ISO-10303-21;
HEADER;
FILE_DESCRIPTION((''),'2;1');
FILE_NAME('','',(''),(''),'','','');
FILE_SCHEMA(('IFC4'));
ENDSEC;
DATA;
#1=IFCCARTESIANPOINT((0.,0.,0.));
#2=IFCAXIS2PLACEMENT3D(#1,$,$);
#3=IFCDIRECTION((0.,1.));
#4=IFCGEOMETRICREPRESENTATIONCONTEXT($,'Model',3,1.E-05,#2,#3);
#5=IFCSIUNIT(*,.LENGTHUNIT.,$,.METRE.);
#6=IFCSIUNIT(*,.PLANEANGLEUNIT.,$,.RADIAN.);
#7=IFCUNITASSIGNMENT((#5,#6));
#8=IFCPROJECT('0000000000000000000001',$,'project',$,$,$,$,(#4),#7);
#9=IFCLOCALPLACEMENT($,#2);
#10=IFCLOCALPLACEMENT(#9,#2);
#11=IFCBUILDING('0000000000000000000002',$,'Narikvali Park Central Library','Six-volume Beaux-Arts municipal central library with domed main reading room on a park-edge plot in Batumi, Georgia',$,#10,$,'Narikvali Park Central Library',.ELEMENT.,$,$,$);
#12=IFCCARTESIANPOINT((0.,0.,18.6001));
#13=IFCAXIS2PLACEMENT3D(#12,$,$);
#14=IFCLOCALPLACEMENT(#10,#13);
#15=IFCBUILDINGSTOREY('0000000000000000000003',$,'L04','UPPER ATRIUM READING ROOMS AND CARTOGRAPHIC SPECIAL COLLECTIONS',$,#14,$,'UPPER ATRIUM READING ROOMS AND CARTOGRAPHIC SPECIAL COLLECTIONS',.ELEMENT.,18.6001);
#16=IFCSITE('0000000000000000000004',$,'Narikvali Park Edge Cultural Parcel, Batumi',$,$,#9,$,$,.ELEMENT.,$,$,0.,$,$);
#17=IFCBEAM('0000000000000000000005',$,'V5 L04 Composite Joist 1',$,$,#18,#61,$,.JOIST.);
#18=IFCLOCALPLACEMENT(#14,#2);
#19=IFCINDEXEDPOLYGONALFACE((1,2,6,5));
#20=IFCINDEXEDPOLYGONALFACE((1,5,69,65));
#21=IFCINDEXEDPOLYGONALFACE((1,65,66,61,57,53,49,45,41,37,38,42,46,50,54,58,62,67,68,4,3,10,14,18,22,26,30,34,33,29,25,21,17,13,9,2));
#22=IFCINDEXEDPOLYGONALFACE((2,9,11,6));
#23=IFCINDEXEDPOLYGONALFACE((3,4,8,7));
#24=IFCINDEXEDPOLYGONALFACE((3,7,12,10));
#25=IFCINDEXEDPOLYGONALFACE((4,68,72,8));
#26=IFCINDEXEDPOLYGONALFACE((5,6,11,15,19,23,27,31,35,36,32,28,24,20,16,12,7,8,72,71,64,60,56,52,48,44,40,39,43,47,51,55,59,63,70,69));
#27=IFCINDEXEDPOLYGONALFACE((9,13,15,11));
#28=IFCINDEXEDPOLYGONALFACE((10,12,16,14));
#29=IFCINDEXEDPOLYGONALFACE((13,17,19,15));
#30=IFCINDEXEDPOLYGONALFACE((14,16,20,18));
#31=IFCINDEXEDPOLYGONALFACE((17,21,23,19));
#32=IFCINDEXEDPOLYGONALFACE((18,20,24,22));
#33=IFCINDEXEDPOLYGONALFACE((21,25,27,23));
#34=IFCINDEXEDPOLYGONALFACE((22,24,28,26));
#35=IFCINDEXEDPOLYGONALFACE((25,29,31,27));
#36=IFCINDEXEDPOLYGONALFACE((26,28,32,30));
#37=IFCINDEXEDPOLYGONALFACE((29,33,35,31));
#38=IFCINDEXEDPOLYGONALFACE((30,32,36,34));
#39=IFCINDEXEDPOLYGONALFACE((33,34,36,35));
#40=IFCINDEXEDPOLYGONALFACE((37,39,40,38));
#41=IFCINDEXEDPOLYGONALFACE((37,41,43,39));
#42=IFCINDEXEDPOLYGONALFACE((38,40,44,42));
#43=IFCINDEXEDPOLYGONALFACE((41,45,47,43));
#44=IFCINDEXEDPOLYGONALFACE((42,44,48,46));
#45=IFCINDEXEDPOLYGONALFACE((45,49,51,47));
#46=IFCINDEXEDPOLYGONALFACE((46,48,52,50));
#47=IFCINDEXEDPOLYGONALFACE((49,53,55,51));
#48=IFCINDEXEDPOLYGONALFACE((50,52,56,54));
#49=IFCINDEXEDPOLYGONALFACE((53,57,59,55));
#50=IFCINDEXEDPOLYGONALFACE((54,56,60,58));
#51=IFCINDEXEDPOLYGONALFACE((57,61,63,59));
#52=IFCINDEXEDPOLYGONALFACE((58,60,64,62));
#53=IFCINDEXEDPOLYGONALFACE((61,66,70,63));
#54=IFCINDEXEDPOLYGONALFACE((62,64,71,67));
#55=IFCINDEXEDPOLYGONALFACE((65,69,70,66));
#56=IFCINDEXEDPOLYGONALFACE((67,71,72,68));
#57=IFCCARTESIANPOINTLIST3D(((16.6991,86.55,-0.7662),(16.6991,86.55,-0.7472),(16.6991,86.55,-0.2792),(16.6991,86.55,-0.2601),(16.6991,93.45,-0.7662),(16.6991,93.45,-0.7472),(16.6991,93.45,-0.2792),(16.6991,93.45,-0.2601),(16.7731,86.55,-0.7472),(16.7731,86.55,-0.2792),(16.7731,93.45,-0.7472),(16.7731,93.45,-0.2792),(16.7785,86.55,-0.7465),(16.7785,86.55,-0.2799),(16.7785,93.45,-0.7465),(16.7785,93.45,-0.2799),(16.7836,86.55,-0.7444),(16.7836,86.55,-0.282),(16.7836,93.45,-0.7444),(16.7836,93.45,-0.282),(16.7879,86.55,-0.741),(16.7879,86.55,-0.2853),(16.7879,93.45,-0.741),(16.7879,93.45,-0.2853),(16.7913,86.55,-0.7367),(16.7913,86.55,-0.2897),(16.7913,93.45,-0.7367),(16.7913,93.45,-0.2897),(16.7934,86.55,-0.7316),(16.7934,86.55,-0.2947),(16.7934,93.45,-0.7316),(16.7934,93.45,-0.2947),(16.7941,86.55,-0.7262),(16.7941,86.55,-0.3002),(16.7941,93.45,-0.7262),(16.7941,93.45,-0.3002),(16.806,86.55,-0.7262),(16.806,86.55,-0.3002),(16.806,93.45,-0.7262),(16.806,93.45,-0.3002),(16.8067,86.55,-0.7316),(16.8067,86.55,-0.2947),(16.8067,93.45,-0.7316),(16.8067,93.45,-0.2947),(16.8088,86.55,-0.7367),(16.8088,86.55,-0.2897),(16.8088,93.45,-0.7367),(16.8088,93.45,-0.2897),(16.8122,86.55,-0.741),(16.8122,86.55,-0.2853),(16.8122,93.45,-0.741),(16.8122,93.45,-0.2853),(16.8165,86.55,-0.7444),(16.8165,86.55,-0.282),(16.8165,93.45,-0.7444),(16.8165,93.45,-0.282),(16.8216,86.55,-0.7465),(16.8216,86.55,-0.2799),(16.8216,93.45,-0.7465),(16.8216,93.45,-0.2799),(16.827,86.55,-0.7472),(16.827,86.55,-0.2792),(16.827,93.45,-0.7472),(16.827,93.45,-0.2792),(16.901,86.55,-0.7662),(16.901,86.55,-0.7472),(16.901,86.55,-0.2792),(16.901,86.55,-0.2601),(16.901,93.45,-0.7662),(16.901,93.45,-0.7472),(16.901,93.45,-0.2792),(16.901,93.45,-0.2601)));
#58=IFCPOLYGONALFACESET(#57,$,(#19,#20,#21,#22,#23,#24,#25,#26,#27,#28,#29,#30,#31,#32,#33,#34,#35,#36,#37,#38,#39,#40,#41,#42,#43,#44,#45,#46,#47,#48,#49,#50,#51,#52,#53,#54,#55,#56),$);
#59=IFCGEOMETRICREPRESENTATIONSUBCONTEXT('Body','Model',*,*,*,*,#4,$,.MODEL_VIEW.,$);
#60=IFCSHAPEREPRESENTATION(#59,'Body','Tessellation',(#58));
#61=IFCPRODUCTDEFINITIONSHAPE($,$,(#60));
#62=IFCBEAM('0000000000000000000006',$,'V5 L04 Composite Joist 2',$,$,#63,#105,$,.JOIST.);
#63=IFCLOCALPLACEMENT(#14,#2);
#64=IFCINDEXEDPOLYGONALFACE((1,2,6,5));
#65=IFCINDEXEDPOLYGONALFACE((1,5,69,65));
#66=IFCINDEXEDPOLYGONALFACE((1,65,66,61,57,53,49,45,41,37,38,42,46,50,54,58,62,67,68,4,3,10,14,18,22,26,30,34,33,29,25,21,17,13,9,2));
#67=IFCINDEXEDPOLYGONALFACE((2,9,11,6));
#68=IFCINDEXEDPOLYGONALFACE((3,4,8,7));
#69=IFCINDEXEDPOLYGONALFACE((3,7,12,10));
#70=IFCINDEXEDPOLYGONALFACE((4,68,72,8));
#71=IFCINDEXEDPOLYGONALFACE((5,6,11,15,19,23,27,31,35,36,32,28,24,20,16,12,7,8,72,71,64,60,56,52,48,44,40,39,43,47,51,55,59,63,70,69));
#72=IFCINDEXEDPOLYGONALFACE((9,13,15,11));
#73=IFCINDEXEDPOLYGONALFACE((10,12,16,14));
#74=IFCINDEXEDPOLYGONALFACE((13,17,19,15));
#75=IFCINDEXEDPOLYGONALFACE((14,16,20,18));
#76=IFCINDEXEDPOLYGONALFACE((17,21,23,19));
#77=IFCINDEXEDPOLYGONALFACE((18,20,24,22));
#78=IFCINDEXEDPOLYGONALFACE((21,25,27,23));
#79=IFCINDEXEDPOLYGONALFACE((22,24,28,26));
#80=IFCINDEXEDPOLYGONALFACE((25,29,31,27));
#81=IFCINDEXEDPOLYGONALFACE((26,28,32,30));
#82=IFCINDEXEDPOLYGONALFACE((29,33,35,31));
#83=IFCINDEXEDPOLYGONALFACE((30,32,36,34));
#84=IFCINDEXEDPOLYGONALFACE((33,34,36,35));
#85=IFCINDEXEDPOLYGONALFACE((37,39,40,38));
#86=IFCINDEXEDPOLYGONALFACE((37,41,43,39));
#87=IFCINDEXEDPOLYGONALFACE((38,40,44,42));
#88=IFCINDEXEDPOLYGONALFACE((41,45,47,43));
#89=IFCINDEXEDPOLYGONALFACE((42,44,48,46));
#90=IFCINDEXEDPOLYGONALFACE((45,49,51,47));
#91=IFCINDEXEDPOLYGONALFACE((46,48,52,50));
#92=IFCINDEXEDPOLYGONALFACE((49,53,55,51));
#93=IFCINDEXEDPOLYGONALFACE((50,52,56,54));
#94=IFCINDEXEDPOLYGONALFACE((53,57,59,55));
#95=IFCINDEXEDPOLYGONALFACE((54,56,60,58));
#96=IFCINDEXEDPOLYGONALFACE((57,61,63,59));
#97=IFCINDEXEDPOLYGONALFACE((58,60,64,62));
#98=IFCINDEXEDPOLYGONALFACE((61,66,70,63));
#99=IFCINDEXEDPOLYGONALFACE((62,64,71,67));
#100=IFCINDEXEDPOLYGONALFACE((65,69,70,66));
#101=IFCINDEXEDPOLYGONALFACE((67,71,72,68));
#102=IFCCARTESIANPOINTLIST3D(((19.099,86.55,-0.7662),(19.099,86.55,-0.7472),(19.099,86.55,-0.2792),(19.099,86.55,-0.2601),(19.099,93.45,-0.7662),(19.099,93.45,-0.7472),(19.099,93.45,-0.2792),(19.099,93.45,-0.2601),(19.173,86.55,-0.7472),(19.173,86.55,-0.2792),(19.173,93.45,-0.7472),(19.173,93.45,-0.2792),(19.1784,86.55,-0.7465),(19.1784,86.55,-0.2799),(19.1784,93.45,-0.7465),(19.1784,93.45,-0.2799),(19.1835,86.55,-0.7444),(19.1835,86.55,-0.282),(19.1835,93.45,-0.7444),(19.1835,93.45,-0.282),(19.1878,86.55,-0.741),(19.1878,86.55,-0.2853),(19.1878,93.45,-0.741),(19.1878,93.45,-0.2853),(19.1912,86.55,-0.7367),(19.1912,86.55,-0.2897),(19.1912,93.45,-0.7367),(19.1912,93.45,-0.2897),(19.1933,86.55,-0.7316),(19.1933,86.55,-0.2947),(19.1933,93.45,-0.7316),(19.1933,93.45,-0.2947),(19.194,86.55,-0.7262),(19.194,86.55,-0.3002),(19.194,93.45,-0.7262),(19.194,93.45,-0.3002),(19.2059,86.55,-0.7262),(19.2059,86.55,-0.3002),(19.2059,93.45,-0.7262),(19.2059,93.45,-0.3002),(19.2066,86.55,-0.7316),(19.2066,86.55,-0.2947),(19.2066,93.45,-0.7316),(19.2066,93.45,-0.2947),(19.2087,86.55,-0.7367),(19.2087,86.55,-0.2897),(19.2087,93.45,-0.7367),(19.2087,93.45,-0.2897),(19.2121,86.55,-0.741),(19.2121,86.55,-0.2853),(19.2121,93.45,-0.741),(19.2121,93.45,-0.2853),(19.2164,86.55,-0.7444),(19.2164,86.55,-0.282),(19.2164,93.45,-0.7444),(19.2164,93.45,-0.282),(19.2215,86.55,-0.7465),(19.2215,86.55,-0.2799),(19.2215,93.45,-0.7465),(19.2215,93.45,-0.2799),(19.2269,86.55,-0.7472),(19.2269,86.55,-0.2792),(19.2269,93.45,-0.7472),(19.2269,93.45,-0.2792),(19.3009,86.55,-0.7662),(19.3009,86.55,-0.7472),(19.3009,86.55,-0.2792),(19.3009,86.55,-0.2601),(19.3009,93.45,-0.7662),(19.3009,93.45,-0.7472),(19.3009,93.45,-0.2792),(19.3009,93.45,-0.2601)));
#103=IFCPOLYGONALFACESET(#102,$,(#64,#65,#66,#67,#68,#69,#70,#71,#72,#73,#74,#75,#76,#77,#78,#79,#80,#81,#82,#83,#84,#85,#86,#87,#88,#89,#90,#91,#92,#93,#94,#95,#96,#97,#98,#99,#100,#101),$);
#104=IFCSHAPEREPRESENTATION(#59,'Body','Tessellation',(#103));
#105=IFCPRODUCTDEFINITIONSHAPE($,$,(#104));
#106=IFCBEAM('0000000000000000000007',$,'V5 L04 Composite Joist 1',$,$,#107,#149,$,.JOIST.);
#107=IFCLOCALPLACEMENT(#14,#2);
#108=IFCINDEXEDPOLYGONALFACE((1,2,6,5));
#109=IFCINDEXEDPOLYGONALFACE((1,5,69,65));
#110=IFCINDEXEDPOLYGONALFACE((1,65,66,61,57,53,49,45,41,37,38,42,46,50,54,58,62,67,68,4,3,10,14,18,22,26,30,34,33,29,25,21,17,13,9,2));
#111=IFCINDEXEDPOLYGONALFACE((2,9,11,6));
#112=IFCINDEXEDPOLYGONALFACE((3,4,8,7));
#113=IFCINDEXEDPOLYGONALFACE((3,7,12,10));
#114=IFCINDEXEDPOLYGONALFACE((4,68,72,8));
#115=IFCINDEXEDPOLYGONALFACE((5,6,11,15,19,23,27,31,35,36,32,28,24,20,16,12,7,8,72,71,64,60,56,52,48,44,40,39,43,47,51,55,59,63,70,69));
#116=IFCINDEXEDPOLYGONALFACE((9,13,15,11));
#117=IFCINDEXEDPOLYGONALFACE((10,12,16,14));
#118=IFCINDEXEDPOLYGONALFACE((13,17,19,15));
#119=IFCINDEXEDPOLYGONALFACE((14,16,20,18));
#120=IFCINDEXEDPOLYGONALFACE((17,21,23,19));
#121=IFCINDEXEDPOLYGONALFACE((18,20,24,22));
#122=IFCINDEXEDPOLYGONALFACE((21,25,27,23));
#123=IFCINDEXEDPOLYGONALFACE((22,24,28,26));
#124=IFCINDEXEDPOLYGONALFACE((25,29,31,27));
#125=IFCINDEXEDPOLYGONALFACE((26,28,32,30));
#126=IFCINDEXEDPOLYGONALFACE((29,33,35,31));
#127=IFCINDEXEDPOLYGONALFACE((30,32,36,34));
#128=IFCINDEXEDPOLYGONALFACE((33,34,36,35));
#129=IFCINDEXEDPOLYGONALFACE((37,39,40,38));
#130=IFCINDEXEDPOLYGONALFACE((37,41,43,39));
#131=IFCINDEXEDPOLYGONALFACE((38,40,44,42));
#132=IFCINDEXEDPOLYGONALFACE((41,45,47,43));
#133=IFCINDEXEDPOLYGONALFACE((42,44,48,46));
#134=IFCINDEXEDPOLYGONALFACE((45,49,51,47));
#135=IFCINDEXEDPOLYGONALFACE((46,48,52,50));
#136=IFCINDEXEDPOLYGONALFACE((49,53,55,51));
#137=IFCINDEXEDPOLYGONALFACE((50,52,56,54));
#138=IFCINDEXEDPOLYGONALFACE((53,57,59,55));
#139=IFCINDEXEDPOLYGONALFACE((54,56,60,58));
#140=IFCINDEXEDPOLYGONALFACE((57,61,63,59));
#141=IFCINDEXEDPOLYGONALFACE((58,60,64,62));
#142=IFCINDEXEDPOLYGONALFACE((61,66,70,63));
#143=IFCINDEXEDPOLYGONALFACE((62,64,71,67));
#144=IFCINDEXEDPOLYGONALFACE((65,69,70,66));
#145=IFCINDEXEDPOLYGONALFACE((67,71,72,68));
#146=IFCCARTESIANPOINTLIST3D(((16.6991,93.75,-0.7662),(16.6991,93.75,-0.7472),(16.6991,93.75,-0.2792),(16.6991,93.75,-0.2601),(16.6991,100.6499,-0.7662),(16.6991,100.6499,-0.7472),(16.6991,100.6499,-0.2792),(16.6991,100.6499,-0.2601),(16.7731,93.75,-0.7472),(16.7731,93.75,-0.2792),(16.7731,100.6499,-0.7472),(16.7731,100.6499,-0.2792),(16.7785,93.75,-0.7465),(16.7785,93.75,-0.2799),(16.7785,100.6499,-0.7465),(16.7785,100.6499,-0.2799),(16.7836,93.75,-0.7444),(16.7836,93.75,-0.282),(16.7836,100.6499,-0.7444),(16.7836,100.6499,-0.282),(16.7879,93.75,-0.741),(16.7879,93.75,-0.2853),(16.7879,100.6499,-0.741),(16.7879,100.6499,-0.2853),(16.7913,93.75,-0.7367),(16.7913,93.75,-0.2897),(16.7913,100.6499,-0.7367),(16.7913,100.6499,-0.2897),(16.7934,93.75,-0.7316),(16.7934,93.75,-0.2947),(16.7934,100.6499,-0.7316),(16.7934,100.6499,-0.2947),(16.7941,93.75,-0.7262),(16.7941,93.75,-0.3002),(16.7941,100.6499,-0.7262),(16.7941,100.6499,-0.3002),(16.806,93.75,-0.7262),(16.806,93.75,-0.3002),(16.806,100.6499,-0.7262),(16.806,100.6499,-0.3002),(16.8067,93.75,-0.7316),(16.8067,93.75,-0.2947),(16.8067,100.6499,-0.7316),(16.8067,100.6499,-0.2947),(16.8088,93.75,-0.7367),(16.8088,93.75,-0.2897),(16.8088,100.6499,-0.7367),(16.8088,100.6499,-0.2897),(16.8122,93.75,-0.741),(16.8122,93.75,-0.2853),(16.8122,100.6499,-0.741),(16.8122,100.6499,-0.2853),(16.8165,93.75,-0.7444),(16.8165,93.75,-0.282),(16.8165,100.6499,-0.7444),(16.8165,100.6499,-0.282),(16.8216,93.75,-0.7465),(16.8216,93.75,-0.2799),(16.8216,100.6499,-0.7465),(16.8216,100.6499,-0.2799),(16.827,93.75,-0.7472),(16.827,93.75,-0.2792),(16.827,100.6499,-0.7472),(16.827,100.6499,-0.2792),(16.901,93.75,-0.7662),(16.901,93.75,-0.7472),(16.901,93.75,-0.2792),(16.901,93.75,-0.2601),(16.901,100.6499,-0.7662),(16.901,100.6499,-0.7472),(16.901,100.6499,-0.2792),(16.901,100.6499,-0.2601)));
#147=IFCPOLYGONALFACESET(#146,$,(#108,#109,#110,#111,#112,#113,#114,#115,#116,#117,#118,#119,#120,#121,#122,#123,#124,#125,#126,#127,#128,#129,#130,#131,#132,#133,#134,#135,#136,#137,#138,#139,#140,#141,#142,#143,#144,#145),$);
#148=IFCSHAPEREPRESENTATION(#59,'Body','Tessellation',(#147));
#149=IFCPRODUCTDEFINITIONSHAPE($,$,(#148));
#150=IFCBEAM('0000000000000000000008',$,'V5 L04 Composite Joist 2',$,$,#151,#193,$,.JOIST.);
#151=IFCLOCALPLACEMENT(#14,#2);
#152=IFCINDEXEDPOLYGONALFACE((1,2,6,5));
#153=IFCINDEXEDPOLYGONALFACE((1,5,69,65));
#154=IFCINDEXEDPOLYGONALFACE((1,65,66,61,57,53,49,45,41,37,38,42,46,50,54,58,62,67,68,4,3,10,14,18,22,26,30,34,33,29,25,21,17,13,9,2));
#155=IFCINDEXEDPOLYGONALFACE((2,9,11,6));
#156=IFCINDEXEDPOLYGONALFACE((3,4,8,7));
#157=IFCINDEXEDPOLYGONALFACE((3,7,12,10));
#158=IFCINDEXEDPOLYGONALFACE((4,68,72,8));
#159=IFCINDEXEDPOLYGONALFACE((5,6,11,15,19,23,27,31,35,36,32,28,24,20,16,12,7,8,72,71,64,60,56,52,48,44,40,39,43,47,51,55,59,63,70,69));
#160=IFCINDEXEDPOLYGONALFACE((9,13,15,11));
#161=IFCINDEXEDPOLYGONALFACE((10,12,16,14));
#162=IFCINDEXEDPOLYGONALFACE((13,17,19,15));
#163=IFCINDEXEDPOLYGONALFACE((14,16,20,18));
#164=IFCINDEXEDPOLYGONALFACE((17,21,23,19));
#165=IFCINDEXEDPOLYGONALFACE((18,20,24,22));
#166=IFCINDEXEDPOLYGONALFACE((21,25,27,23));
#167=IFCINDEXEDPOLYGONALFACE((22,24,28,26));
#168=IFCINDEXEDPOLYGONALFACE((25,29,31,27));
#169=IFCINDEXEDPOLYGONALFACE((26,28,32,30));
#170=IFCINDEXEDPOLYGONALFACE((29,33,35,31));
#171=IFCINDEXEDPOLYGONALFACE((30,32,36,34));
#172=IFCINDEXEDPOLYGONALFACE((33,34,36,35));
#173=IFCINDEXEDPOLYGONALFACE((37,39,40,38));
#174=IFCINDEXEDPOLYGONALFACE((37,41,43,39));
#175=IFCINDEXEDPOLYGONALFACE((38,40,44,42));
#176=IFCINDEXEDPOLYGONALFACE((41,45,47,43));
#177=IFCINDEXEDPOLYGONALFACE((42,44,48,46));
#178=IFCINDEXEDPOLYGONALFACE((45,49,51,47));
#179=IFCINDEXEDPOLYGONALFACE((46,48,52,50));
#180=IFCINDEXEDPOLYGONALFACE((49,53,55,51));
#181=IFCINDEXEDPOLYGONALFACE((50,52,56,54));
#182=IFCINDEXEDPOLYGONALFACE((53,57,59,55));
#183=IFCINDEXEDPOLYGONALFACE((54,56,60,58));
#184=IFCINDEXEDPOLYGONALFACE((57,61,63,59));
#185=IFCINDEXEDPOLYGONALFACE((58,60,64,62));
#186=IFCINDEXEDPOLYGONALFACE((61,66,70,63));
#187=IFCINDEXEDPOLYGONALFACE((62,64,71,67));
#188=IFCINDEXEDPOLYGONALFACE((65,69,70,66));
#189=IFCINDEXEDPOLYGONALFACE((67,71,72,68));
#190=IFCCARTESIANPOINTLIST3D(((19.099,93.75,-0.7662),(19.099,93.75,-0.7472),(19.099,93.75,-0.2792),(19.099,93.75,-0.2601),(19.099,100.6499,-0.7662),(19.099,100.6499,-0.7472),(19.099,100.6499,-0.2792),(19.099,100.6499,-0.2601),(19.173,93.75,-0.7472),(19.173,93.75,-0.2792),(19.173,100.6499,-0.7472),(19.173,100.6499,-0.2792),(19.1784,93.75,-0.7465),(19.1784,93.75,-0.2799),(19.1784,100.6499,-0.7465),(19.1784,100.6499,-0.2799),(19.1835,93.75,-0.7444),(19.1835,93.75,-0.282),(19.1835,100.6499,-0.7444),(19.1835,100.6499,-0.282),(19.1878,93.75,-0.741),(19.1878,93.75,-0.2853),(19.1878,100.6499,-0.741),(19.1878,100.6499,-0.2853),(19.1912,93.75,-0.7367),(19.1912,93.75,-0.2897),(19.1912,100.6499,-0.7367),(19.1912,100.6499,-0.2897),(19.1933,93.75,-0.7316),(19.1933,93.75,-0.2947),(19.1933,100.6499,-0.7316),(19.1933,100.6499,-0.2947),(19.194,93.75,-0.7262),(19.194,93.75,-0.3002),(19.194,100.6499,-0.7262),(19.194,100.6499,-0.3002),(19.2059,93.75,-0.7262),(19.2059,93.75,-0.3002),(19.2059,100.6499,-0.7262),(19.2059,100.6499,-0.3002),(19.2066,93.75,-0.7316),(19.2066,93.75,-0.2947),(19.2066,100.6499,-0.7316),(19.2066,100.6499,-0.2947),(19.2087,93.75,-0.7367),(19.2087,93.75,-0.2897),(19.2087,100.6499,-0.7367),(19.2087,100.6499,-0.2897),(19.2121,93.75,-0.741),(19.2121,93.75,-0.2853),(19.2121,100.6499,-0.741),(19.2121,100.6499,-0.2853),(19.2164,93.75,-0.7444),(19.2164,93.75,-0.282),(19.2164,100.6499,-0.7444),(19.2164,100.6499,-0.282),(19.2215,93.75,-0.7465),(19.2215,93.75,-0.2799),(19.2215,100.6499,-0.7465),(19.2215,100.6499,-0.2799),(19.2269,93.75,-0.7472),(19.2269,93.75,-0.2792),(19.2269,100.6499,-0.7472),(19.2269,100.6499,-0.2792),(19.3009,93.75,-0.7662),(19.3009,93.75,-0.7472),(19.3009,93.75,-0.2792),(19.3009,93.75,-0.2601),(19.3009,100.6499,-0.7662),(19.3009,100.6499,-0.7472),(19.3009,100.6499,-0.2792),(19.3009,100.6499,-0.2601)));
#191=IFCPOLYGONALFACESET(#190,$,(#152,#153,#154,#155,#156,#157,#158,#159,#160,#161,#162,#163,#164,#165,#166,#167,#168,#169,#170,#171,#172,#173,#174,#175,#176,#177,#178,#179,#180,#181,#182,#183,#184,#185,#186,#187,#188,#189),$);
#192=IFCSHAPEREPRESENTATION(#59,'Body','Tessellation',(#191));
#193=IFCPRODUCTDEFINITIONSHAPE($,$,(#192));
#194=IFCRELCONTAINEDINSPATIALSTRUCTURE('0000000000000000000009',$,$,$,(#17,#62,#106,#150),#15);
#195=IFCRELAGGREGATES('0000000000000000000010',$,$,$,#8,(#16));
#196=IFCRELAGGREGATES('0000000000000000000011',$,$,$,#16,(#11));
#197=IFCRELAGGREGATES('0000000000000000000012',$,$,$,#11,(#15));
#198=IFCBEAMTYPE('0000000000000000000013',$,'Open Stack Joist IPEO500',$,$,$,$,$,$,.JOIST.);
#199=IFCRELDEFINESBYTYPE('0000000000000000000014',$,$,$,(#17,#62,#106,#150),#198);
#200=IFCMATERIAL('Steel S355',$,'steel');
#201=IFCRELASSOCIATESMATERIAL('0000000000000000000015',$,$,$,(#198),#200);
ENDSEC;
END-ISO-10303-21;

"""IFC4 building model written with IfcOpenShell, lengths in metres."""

from ifc_helpers import new_model, si_unit, direction, frame, origin, origin_2d, place, context, subcontext, project, spatial, i_section, extrude, material, material_profile, profile_set, type_object, element, save


model = new_model("IFC4")

# Units and contexts
model_context = context("Model", 3, precision=1e-05, world=origin(), true_north=direction((0.0, 1.0)))
body_context = subcontext(model_context, "Body", "Model", "MODEL_VIEW")
ifc_project = project(units=[si_unit("LENGTHUNIT", "METRE"), si_unit("PLANEANGLEUNIT", "RADIAN")], contexts=[model_context])

# Site, building, storey
site_placement = place(None, origin())
site = spatial("IfcSite", under=ifc_project, at=site_placement, Name="Narikvali Park Edge Cultural Parcel, Batumi", CompositionType="ELEMENT", RefElevation=0.0)
building_placement = place(site_placement, origin())
building = spatial("IfcBuilding", under=site, at=building_placement, Name="Narikvali Park Central Library", Description="Six-volume Beaux-Arts municipal central library with domed main reading room on a park-edge plot in Batumi, Georgia", LongName="Narikvali Park Central Library", CompositionType="ELEMENT")
storey_placement = place(building_placement, frame((0.0, 0.0, 18.6001)))
storey = spatial("IfcBuildingStorey", under=building, at=storey_placement, Name="L04", Description="UPPER ATRIUM READING ROOMS AND CARTOGRAPHIC SPECIAL COLLECTIONS", LongName="UPPER ATRIUM READING ROOMS AND CARTOGRAPHIC SPECIAL COLLECTIONS", CompositionType="ELEMENT", Elevation=18.6001)

# Shared definitions
ifc_material_1 = material(Name="Steel S355", Category="steel")

# Beams
ifc_material_profile_1 = material_profile(ifc_material_1, i_section(OverallWidth=0.2019, OverallDepth=0.5061, WebThickness=0.012, FlangeThickness=0.019, FilletRadius=0.021, at=origin_2d()), Name="IPEO 500")
ifc_profile_set_1 = profile_set([ifc_material_profile_1], Name="Steel S355")
beam_type_1 = type_object("IfcBeamType", Name="Open Stack Joist IPEO500", PredefinedType="JOIST", material=ifc_profile_set_1)
for number, where, z_axis, x_axis, name in (
    (1, (16.8, 86.55, -0.5132), (0.0, 1.0, 0.0), (-1.0, 0.0, 0.0), "V5 L04 Composite Joist 1"),
    (2, (19.2, 86.55, -0.5132), (0.0, 1.0, 0.0), (-1.0, 0.0, 0.0), "V5 L04 Composite Joist 2"),
    (3, (16.8, 93.75, -0.5132), (0.0, 1.0, 0.0), (-1.0, 0.0, 0.0), "V5 L04 Composite Joist 1"),
    (4, (19.2, 93.75, -0.5132), (0.0, 1.0, 0.0), (-1.0, 0.0, 0.0), "V5 L04 Composite Joist 2"),
):
    element("IfcBeam", number, at=place(storey_placement, frame(where, z_axis=z_axis, x_axis=x_axis)), inside=storey, type_object=beam_type_1, Name=name, PredefinedType="JOIST", context=body_context, shape_type="SweptSolid", body=[
        extrude(i_section(OverallWidth=0.2019, OverallDepth=0.5061, WebThickness=0.012, FlangeThickness=0.019, FilletRadius=0.021, at=origin_2d()), origin(), (0.0, 0.0, 1.0), 6.8999),
    ])

save(model, "model.ifc")
